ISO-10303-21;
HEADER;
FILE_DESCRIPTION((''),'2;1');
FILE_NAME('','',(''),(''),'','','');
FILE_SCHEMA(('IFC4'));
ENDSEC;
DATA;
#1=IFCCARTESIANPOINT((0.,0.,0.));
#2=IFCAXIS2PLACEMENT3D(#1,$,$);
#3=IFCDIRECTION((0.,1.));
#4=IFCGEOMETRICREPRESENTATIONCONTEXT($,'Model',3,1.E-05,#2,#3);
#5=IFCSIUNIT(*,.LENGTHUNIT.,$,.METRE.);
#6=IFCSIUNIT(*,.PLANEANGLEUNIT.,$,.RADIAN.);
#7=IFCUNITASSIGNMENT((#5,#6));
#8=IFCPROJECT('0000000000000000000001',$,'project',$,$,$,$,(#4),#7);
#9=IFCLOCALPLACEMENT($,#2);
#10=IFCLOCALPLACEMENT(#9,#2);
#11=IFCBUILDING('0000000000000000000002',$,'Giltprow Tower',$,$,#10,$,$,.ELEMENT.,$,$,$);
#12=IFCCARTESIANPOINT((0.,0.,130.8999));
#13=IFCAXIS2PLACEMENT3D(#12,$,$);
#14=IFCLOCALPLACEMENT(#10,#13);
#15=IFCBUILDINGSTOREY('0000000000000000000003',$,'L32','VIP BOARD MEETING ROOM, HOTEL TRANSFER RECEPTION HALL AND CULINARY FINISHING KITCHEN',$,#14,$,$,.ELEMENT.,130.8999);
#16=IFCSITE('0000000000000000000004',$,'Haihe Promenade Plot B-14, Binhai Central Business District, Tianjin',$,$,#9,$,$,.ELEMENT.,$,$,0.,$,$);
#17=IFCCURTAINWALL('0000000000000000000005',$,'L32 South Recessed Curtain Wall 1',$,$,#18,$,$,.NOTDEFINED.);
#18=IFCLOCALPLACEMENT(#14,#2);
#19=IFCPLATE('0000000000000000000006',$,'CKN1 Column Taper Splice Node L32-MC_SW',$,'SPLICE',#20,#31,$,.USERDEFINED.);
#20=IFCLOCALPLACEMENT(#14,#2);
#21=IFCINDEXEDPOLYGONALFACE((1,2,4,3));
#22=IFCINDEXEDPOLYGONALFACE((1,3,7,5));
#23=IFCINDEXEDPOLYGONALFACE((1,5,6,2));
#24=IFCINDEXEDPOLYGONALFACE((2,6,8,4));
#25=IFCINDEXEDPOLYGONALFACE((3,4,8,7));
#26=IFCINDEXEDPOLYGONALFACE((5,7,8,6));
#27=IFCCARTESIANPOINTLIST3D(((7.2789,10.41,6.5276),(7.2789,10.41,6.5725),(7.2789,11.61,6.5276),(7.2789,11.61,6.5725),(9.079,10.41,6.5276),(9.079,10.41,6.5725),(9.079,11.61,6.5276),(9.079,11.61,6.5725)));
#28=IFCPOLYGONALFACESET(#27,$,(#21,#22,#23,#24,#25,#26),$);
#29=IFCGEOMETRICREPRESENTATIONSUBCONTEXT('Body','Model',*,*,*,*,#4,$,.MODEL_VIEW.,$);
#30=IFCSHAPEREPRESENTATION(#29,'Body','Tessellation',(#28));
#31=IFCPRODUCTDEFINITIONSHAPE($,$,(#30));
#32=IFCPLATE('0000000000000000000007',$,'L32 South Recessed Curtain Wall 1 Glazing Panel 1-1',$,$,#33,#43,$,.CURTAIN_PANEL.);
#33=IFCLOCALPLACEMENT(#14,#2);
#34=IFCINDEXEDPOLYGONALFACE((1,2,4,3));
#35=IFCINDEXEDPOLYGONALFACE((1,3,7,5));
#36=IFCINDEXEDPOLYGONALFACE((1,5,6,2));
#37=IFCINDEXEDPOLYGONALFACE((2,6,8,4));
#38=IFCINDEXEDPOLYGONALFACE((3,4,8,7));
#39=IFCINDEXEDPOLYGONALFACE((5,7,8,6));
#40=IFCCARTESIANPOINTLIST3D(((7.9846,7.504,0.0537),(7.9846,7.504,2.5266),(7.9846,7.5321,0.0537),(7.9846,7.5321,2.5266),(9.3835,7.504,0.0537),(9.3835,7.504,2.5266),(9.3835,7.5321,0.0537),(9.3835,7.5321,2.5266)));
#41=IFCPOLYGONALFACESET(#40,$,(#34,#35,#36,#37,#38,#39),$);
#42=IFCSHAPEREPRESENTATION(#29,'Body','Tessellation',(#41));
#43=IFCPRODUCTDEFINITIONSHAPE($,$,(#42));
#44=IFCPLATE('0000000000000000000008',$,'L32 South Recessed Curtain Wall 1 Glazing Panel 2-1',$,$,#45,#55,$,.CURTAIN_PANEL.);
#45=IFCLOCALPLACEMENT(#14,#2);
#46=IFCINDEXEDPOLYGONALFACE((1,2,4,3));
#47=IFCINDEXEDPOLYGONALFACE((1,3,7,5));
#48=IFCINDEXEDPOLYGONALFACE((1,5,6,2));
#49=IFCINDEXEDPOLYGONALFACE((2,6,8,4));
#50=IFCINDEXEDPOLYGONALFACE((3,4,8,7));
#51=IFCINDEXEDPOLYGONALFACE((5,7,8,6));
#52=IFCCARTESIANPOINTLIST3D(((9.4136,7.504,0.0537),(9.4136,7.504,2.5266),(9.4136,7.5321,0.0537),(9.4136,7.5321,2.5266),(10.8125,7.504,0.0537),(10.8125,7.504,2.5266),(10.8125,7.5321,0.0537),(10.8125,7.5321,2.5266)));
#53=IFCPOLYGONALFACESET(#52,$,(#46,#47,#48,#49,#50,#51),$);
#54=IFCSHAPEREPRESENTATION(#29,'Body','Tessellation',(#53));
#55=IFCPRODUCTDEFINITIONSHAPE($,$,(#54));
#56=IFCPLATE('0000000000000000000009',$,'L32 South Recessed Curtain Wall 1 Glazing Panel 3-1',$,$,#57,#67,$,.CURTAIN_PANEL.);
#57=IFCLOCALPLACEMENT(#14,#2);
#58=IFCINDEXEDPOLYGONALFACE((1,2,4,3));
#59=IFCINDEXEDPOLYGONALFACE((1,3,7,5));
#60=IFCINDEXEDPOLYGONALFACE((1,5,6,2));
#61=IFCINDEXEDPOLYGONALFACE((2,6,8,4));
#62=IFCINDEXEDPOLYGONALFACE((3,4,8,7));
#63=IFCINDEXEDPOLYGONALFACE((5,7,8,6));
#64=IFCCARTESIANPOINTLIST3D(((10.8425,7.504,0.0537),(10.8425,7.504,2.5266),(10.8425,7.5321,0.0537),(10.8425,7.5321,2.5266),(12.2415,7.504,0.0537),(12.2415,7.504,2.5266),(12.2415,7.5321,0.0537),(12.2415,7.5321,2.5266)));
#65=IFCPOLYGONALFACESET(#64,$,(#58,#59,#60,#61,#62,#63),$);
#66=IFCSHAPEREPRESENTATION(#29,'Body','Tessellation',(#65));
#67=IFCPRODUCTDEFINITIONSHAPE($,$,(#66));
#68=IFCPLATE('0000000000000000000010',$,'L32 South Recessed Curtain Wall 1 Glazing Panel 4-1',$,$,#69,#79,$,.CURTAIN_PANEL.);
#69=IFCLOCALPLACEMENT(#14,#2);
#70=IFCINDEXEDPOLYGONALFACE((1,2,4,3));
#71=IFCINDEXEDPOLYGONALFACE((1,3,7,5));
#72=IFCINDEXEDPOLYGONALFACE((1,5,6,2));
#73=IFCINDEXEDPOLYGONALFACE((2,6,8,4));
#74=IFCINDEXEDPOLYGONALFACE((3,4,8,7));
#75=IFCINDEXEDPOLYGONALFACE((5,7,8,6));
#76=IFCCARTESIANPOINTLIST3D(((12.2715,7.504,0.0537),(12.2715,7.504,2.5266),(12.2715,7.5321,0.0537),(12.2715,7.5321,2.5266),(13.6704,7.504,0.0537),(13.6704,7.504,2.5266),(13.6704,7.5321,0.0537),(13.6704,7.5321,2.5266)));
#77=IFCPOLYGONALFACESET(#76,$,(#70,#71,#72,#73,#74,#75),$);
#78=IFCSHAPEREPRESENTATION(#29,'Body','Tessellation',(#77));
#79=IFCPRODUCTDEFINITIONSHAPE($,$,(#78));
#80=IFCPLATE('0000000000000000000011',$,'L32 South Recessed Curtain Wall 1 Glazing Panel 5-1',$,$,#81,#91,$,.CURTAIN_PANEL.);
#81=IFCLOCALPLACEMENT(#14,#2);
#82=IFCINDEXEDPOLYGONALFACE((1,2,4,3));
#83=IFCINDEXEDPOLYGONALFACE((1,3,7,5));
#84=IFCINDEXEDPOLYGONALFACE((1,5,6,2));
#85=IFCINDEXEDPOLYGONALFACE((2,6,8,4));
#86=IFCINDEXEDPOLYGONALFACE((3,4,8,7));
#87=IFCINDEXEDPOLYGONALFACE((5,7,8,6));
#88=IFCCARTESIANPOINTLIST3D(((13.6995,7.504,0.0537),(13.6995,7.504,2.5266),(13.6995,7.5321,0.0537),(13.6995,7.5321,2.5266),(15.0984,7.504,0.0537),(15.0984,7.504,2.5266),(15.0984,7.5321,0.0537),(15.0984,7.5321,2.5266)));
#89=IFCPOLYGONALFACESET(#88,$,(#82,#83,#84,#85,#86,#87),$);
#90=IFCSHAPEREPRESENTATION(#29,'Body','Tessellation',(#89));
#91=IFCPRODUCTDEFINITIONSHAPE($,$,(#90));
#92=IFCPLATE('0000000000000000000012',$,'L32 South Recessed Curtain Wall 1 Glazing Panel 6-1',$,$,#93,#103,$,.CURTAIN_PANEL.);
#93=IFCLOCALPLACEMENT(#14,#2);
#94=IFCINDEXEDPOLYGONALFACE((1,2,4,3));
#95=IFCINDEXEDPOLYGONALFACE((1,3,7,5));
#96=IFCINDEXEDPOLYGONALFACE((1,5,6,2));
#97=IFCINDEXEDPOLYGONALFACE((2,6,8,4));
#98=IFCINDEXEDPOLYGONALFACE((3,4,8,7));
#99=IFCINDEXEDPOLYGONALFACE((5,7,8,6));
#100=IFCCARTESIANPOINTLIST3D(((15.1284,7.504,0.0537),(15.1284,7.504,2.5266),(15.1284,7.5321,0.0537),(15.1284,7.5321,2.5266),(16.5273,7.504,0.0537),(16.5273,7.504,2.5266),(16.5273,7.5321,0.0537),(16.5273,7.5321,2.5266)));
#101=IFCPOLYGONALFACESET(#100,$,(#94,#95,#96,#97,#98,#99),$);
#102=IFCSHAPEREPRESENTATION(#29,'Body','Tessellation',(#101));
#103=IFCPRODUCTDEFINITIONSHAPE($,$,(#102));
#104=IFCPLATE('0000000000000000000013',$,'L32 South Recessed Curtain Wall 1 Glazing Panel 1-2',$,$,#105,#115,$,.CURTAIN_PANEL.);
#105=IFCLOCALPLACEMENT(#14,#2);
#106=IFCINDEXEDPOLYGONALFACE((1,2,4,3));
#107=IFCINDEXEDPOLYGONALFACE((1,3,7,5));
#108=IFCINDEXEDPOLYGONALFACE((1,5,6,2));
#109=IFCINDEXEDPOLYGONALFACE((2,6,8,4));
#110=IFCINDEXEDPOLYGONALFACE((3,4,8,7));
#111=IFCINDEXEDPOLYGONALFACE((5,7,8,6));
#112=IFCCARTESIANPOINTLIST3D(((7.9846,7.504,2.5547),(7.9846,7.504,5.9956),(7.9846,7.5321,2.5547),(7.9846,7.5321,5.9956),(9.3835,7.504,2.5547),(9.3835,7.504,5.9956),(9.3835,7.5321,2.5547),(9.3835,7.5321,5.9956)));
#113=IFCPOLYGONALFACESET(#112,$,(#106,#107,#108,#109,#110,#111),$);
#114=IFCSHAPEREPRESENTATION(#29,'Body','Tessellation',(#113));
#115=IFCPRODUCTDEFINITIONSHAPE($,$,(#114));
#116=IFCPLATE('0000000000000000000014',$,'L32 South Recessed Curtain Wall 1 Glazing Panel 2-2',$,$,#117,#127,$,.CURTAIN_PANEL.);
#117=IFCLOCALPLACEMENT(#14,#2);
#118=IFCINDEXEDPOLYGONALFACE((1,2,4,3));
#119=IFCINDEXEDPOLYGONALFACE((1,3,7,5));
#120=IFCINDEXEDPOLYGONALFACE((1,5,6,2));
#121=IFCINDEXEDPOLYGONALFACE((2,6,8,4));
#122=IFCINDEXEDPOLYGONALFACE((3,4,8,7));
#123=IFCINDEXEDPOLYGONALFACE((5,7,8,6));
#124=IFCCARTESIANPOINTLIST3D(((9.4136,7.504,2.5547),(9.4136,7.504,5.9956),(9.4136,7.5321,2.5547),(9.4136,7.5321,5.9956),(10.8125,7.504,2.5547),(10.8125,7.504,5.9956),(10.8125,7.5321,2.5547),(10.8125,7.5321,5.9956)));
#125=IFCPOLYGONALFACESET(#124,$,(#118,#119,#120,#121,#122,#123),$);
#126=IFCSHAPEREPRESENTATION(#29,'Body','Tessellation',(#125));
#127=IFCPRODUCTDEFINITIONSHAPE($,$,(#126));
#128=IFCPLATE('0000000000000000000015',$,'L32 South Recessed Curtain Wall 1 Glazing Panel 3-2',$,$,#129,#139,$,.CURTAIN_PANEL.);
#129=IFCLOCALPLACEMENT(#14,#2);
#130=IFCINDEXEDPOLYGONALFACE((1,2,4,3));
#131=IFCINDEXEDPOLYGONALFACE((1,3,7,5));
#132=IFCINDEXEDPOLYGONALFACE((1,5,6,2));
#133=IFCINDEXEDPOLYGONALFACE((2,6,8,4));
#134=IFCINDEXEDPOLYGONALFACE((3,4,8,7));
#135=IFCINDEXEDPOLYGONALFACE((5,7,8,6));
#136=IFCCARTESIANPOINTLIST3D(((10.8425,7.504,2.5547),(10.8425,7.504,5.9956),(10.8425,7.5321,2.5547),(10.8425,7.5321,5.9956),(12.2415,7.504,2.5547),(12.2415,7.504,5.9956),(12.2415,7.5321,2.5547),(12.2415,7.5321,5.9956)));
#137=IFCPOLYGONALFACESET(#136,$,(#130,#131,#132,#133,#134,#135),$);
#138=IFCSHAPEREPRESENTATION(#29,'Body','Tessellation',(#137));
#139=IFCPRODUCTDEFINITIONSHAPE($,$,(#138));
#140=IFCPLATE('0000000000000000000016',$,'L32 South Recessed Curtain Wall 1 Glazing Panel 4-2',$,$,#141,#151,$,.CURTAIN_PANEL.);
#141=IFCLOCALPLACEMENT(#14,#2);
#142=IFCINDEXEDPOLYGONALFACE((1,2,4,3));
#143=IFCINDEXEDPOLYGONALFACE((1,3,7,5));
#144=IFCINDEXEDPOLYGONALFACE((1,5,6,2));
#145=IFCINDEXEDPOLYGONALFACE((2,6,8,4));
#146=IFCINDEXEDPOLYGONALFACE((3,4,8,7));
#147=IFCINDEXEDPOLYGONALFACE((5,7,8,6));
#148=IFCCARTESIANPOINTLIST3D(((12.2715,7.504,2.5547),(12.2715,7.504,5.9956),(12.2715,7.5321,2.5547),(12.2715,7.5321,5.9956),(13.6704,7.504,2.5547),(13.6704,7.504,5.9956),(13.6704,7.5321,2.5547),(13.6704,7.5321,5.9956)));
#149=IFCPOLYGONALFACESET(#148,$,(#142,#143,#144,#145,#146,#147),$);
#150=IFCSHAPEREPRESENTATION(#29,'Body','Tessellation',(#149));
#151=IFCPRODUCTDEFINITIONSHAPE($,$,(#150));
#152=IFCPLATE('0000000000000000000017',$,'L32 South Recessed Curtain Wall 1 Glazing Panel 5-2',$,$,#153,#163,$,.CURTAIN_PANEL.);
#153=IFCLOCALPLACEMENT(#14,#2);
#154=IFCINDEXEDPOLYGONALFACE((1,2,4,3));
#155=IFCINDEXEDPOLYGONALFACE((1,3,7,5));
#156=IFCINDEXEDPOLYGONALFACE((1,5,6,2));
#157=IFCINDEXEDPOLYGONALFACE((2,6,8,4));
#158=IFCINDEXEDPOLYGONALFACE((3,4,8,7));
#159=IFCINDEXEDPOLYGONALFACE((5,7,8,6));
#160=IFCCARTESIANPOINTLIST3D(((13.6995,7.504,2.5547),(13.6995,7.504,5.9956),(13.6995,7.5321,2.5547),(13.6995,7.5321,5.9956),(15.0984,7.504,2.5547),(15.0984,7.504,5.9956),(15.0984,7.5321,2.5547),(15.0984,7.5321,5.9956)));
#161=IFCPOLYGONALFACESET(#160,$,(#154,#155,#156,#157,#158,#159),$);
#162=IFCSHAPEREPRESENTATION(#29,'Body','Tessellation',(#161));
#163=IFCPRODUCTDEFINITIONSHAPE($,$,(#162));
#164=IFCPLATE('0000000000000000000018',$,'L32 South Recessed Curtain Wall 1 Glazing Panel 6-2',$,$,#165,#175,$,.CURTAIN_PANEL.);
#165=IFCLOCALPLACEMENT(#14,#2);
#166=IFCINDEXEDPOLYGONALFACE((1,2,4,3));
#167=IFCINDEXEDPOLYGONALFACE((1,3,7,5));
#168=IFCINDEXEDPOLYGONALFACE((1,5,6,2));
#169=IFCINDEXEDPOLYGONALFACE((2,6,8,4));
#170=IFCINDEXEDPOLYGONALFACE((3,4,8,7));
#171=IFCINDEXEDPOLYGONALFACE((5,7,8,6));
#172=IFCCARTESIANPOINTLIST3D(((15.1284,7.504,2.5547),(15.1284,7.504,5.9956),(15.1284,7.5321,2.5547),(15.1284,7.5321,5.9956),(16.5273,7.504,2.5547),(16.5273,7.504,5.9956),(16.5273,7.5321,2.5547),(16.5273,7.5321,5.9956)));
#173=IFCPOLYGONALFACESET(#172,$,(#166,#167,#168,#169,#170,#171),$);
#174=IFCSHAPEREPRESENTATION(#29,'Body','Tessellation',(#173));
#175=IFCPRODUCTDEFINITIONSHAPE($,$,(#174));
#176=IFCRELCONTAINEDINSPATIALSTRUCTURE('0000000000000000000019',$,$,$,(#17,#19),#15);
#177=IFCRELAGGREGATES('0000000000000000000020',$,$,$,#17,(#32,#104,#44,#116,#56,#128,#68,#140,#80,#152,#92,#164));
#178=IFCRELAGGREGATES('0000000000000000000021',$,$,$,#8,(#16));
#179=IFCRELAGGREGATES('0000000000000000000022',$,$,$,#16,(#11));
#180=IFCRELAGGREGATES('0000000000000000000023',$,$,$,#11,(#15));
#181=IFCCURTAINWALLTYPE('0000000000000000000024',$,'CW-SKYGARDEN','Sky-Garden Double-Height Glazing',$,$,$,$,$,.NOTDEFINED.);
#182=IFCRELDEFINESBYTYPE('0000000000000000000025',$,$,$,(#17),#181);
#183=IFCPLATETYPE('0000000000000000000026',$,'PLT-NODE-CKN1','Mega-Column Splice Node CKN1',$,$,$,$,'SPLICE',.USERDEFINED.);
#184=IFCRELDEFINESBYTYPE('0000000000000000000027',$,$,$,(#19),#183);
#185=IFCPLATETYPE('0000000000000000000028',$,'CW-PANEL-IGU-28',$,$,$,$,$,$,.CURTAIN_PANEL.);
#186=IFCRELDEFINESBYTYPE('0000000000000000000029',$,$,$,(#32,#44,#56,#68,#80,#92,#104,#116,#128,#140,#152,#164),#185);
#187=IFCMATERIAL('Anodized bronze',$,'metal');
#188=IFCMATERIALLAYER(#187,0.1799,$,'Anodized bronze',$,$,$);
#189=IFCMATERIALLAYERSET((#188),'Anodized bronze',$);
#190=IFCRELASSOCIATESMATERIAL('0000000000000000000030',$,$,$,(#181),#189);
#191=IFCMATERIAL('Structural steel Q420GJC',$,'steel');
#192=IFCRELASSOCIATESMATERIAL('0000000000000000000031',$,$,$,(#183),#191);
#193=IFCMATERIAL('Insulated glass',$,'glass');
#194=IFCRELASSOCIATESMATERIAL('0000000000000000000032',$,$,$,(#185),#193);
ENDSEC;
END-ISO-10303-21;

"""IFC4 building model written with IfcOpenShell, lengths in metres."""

from ifc_helpers import new_model, si_unit, direction, frame, origin, origin_2d, place, context, subcontext, project, spatial, rectangle, extrude, source, transform, mapped, material, layer, layer_set, type_object, element, aggregate, save


model = new_model("IFC4")

# Units and contexts
model_context = context("Model", 3, precision=1e-05, world=origin(), true_north=direction((0.0, 1.0)))
body_context = subcontext(model_context, "Body", "Model", "MODEL_VIEW")
ifc_project = project(units=[si_unit("LENGTHUNIT", "METRE"), si_unit("PLANEANGLEUNIT", "RADIAN")], contexts=[model_context])

# Site, building, storey
site_placement = place(None, origin())
site = spatial("IfcSite", under=ifc_project, at=site_placement, Name="Haihe Promenade Plot B-14, Binhai Central Business District, Tianjin", CompositionType="ELEMENT", RefElevation=0.0)
building_placement = place(site_placement, origin())
building = spatial("IfcBuilding", under=site, at=building_placement, Name="Giltprow Tower", CompositionType="ELEMENT")
storey_placement = place(building_placement, frame((0.0, 0.0, 130.8999)))
storey = spatial("IfcBuildingStorey", under=building, at=storey_placement, Name="L32", Description="VIP BOARD MEETING ROOM, HOTEL TRANSFER RECEPTION HALL AND CULINARY FINISHING KITCHEN", CompositionType="ELEMENT", Elevation=130.8999)

# Shared definitions
ifc_material_1 = material(Name="Structural steel Q420GJC", Category="steel")

# Curtain wall
ifc_material_2 = material(Name="Anodized bronze", Category="metal")
ifc_layer = layer(ifc_material_2, 0.1799, Name="Anodized bronze")
ifc_layer_set = layer_set([ifc_layer], Name="Anodized bronze")
curtain_wall_type = type_object("IfcCurtainWallType", Name="CW-SKYGARDEN", Description="Sky-Garden Double-Height Glazing", PredefinedType="NOTDEFINED", material=ifc_layer_set)
curtain_wall_placement = place(storey_placement, origin())
curtain_wall = element("IfcCurtainWall", 1, at=curtain_wall_placement, inside=storey, type_object=curtain_wall_type, Name="L32 South Recessed Curtain Wall 1", PredefinedType="NOTDEFINED")

# Plates
plate_type_1 = type_object("IfcPlateType", Name="PLT-NODE-CKN1", Description="Mega-Column Splice Node CKN1", ElementType="SPLICE", PredefinedType="USERDEFINED", material=ifc_material_1)
shared_shape_1 = source(origin(), body_context, "Body", "SweptSolid", [
    extrude(rectangle(XDim=1.8, YDim=1.2, at=origin_2d()), origin(), (0.0, 0.0, 1.0), 0.0449),
])
plate_1_placement = place(storey_placement, frame((8.179, 11.01, 6.5276), z_axis=(0.0, 0.0, 1.0), x_axis=(1.0, 0.0, 0.0)))
element("IfcPlate", 2, at=plate_1_placement, inside=storey, type_object=plate_type_1, Name="CKN1 Column Taper Splice Node L32-MC_SW", ObjectType="SPLICE", PredefinedType="USERDEFINED", context=body_context, shape_type="MappedRepresentation", body=[
    mapped(shared_shape_1, transform((0.0, 0.0, 0.0), x_axis=(1.0, 0.0, 0.0), y_axis=(0.0, 1.0, 0.0), z_axis=(0.0, 0.0, 1.0), scale=1.0)),
])
ifc_material_3 = material(Name="Insulated glass", Category="glass")
plate_type_2 = type_object("IfcPlateType", Name="CW-PANEL-IGU-28", PredefinedType="CURTAIN_PANEL", material=ifc_material_3)
shared_shape_2 = source(origin(), body_context, "Body", "SweptSolid", [
    extrude(rectangle(XDim=1.3989, YDim=0.0281, at=origin_2d()), origin(), (0.0, 0.0, 1.0), 2.4729),
])
plate_2_placement = place(storey_placement, frame((8.6841, 7.5181, 0.0537), z_axis=(0.0, 0.0, 1.0), x_axis=(1.0, 0.0, 0.0)))
plate_2 = element("IfcPlate", 3, at=plate_2_placement, type_object=plate_type_2, Name="L32 South Recessed Curtain Wall 1 Glazing Panel 1-1", PredefinedType="CURTAIN_PANEL", context=body_context, shape_type="MappedRepresentation", body=[
    mapped(shared_shape_2, transform((0.0, 0.0, 0.0), x_axis=(1.0, 0.0, 0.0), y_axis=(0.0, 1.0, 0.0), z_axis=(0.0, 0.0, 1.0), scale=1.0)),
])
plate_3_placement = place(storey_placement, frame((10.113, 7.5181, 0.0537), z_axis=(0.0, 0.0, 1.0), x_axis=(1.0, 0.0, 0.0)))
plate_3 = element("IfcPlate", 4, at=plate_3_placement, type_object=plate_type_2, Name="L32 South Recessed Curtain Wall 1 Glazing Panel 2-1", PredefinedType="CURTAIN_PANEL", context=body_context, shape_type="MappedRepresentation", body=[
    mapped(shared_shape_2, transform((0.0, 0.0, 0.0), x_axis=(1.0, 0.0, 0.0), y_axis=(0.0, 1.0, 0.0), z_axis=(0.0, 0.0, 1.0), scale=1.0)),
])
plate_4_placement = place(storey_placement, frame((11.542, 7.5181, 0.0537), z_axis=(0.0, 0.0, 1.0), x_axis=(1.0, 0.0, 0.0)))
plate_4 = element("IfcPlate", 5, at=plate_4_placement, type_object=plate_type_2, Name="L32 South Recessed Curtain Wall 1 Glazing Panel 3-1", PredefinedType="CURTAIN_PANEL", context=body_context, shape_type="MappedRepresentation", body=[
    mapped(shared_shape_2, transform((0.0, 0.0, 0.0), x_axis=(1.0, 0.0, 0.0), y_axis=(0.0, 1.0, 0.0), z_axis=(0.0, 0.0, 1.0), scale=1.0)),
])
plate_5_placement = place(storey_placement, frame((12.9709, 7.5181, 0.0537), z_axis=(0.0, 0.0, 1.0), x_axis=(1.0, 0.0, 0.0)))
plate_5 = element("IfcPlate", 6, at=plate_5_placement, type_object=plate_type_2, Name="L32 South Recessed Curtain Wall 1 Glazing Panel 4-1", PredefinedType="CURTAIN_PANEL", context=body_context, shape_type="MappedRepresentation", body=[
    mapped(shared_shape_2, transform((0.0, 0.0, 0.0), x_axis=(1.0, 0.0, 0.0), y_axis=(0.0, 1.0, 0.0), z_axis=(0.0, 0.0, 1.0), scale=1.0)),
])
plate_6_placement = place(storey_placement, frame((14.3989, 7.5181, 0.0537), z_axis=(0.0, 0.0, 1.0), x_axis=(1.0, 0.0, 0.0)))
plate_6 = element("IfcPlate", 7, at=plate_6_placement, type_object=plate_type_2, Name="L32 South Recessed Curtain Wall 1 Glazing Panel 5-1", PredefinedType="CURTAIN_PANEL", context=body_context, shape_type="MappedRepresentation", body=[
    mapped(shared_shape_2, transform((0.0, 0.0, 0.0), x_axis=(1.0, 0.0, 0.0), y_axis=(0.0, 1.0, 0.0), z_axis=(0.0, 0.0, 1.0), scale=1.0)),
])
plate_7_placement = place(storey_placement, frame((15.8279, 7.5181, 0.0537), z_axis=(0.0, 0.0, 1.0), x_axis=(1.0, 0.0, 0.0)))
plate_7 = element("IfcPlate", 8, at=plate_7_placement, type_object=plate_type_2, Name="L32 South Recessed Curtain Wall 1 Glazing Panel 6-1", PredefinedType="CURTAIN_PANEL", context=body_context, shape_type="MappedRepresentation", body=[
    mapped(shared_shape_2, transform((0.0, 0.0, 0.0), x_axis=(1.0, 0.0, 0.0), y_axis=(0.0, 1.0, 0.0), z_axis=(0.0, 0.0, 1.0), scale=1.0)),
])
shared_shape_3 = source(origin(), body_context, "Body", "SweptSolid", [
    extrude(rectangle(XDim=1.3989, YDim=0.0281, at=origin_2d()), origin(), (0.0, 0.0, 1.0), 3.4409),
])
plate_8_placement = place(storey_placement, frame((8.6841, 7.5181, 2.5547), z_axis=(0.0, 0.0, 1.0), x_axis=(1.0, 0.0, 0.0)))
plate_8 = element("IfcPlate", 9, at=plate_8_placement, type_object=plate_type_2, Name="L32 South Recessed Curtain Wall 1 Glazing Panel 1-2", PredefinedType="CURTAIN_PANEL", context=body_context, shape_type="MappedRepresentation", body=[
    mapped(shared_shape_3, transform((0.0, 0.0, 0.0), x_axis=(1.0, 0.0, 0.0), y_axis=(0.0, 1.0, 0.0), z_axis=(0.0, 0.0, 1.0), scale=1.0)),
])
plate_9_placement = place(storey_placement, frame((10.113, 7.5181, 2.5547), z_axis=(0.0, 0.0, 1.0), x_axis=(1.0, 0.0, 0.0)))
plate_9 = element("IfcPlate", 10, at=plate_9_placement, type_object=plate_type_2, Name="L32 South Recessed Curtain Wall 1 Glazing Panel 2-2", PredefinedType="CURTAIN_PANEL", context=body_context, shape_type="MappedRepresentation", body=[
    mapped(shared_shape_3, transform((0.0, 0.0, 0.0), x_axis=(1.0, 0.0, 0.0), y_axis=(0.0, 1.0, 0.0), z_axis=(0.0, 0.0, 1.0), scale=1.0)),
])
plate_10_placement = place(storey_placement, frame((11.542, 7.5181, 2.5547), z_axis=(0.0, 0.0, 1.0), x_axis=(1.0, 0.0, 0.0)))
plate_10 = element("IfcPlate", 11, at=plate_10_placement, type_object=plate_type_2, Name="L32 South Recessed Curtain Wall 1 Glazing Panel 3-2", PredefinedType="CURTAIN_PANEL", context=body_context, shape_type="MappedRepresentation", body=[
    mapped(shared_shape_3, transform((0.0, 0.0, 0.0), x_axis=(1.0, 0.0, 0.0), y_axis=(0.0, 1.0, 0.0), z_axis=(0.0, 0.0, 1.0), scale=1.0)),
])
plate_11_placement = place(storey_placement, frame((12.9709, 7.5181, 2.5547), z_axis=(0.0, 0.0, 1.0), x_axis=(1.0, 0.0, 0.0)))
plate_11 = element("IfcPlate", 12, at=plate_11_placement, type_object=plate_type_2, Name="L32 South Recessed Curtain Wall 1 Glazing Panel 4-2", PredefinedType="CURTAIN_PANEL", context=body_context, shape_type="MappedRepresentation", body=[
    mapped(shared_shape_3, transform((0.0, 0.0, 0.0), x_axis=(1.0, 0.0, 0.0), y_axis=(0.0, 1.0, 0.0), z_axis=(0.0, 0.0, 1.0), scale=1.0)),
])
plate_12_placement = place(storey_placement, frame((14.3989, 7.5181, 2.5547), z_axis=(0.0, 0.0, 1.0), x_axis=(1.0, 0.0, 0.0)))
plate_12 = element("IfcPlate", 13, at=plate_12_placement, type_object=plate_type_2, Name="L32 South Recessed Curtain Wall 1 Glazing Panel 5-2", PredefinedType="CURTAIN_PANEL", context=body_context, shape_type="MappedRepresentation", body=[
    mapped(shared_shape_3, transform((0.0, 0.0, 0.0), x_axis=(1.0, 0.0, 0.0), y_axis=(0.0, 1.0, 0.0), z_axis=(0.0, 0.0, 1.0), scale=1.0)),
])
plate_13_placement = place(storey_placement, frame((15.8279, 7.5181, 2.5547), z_axis=(0.0, 0.0, 1.0), x_axis=(1.0, 0.0, 0.0)))
plate_13 = element("IfcPlate", 14, at=plate_13_placement, type_object=plate_type_2, Name="L32 South Recessed Curtain Wall 1 Glazing Panel 6-2", PredefinedType="CURTAIN_PANEL", context=body_context, shape_type="MappedRepresentation", body=[
    mapped(shared_shape_3, transform((0.0, 0.0, 0.0), x_axis=(1.0, 0.0, 0.0), y_axis=(0.0, 1.0, 0.0), z_axis=(0.0, 0.0, 1.0), scale=1.0)),
])
aggregate(curtain_wall, [plate_2, plate_8, plate_3, plate_9, plate_4, plate_10, plate_5, plate_11, plate_6, plate_12, plate_7, plate_13])

save(model, "model.ifc")
